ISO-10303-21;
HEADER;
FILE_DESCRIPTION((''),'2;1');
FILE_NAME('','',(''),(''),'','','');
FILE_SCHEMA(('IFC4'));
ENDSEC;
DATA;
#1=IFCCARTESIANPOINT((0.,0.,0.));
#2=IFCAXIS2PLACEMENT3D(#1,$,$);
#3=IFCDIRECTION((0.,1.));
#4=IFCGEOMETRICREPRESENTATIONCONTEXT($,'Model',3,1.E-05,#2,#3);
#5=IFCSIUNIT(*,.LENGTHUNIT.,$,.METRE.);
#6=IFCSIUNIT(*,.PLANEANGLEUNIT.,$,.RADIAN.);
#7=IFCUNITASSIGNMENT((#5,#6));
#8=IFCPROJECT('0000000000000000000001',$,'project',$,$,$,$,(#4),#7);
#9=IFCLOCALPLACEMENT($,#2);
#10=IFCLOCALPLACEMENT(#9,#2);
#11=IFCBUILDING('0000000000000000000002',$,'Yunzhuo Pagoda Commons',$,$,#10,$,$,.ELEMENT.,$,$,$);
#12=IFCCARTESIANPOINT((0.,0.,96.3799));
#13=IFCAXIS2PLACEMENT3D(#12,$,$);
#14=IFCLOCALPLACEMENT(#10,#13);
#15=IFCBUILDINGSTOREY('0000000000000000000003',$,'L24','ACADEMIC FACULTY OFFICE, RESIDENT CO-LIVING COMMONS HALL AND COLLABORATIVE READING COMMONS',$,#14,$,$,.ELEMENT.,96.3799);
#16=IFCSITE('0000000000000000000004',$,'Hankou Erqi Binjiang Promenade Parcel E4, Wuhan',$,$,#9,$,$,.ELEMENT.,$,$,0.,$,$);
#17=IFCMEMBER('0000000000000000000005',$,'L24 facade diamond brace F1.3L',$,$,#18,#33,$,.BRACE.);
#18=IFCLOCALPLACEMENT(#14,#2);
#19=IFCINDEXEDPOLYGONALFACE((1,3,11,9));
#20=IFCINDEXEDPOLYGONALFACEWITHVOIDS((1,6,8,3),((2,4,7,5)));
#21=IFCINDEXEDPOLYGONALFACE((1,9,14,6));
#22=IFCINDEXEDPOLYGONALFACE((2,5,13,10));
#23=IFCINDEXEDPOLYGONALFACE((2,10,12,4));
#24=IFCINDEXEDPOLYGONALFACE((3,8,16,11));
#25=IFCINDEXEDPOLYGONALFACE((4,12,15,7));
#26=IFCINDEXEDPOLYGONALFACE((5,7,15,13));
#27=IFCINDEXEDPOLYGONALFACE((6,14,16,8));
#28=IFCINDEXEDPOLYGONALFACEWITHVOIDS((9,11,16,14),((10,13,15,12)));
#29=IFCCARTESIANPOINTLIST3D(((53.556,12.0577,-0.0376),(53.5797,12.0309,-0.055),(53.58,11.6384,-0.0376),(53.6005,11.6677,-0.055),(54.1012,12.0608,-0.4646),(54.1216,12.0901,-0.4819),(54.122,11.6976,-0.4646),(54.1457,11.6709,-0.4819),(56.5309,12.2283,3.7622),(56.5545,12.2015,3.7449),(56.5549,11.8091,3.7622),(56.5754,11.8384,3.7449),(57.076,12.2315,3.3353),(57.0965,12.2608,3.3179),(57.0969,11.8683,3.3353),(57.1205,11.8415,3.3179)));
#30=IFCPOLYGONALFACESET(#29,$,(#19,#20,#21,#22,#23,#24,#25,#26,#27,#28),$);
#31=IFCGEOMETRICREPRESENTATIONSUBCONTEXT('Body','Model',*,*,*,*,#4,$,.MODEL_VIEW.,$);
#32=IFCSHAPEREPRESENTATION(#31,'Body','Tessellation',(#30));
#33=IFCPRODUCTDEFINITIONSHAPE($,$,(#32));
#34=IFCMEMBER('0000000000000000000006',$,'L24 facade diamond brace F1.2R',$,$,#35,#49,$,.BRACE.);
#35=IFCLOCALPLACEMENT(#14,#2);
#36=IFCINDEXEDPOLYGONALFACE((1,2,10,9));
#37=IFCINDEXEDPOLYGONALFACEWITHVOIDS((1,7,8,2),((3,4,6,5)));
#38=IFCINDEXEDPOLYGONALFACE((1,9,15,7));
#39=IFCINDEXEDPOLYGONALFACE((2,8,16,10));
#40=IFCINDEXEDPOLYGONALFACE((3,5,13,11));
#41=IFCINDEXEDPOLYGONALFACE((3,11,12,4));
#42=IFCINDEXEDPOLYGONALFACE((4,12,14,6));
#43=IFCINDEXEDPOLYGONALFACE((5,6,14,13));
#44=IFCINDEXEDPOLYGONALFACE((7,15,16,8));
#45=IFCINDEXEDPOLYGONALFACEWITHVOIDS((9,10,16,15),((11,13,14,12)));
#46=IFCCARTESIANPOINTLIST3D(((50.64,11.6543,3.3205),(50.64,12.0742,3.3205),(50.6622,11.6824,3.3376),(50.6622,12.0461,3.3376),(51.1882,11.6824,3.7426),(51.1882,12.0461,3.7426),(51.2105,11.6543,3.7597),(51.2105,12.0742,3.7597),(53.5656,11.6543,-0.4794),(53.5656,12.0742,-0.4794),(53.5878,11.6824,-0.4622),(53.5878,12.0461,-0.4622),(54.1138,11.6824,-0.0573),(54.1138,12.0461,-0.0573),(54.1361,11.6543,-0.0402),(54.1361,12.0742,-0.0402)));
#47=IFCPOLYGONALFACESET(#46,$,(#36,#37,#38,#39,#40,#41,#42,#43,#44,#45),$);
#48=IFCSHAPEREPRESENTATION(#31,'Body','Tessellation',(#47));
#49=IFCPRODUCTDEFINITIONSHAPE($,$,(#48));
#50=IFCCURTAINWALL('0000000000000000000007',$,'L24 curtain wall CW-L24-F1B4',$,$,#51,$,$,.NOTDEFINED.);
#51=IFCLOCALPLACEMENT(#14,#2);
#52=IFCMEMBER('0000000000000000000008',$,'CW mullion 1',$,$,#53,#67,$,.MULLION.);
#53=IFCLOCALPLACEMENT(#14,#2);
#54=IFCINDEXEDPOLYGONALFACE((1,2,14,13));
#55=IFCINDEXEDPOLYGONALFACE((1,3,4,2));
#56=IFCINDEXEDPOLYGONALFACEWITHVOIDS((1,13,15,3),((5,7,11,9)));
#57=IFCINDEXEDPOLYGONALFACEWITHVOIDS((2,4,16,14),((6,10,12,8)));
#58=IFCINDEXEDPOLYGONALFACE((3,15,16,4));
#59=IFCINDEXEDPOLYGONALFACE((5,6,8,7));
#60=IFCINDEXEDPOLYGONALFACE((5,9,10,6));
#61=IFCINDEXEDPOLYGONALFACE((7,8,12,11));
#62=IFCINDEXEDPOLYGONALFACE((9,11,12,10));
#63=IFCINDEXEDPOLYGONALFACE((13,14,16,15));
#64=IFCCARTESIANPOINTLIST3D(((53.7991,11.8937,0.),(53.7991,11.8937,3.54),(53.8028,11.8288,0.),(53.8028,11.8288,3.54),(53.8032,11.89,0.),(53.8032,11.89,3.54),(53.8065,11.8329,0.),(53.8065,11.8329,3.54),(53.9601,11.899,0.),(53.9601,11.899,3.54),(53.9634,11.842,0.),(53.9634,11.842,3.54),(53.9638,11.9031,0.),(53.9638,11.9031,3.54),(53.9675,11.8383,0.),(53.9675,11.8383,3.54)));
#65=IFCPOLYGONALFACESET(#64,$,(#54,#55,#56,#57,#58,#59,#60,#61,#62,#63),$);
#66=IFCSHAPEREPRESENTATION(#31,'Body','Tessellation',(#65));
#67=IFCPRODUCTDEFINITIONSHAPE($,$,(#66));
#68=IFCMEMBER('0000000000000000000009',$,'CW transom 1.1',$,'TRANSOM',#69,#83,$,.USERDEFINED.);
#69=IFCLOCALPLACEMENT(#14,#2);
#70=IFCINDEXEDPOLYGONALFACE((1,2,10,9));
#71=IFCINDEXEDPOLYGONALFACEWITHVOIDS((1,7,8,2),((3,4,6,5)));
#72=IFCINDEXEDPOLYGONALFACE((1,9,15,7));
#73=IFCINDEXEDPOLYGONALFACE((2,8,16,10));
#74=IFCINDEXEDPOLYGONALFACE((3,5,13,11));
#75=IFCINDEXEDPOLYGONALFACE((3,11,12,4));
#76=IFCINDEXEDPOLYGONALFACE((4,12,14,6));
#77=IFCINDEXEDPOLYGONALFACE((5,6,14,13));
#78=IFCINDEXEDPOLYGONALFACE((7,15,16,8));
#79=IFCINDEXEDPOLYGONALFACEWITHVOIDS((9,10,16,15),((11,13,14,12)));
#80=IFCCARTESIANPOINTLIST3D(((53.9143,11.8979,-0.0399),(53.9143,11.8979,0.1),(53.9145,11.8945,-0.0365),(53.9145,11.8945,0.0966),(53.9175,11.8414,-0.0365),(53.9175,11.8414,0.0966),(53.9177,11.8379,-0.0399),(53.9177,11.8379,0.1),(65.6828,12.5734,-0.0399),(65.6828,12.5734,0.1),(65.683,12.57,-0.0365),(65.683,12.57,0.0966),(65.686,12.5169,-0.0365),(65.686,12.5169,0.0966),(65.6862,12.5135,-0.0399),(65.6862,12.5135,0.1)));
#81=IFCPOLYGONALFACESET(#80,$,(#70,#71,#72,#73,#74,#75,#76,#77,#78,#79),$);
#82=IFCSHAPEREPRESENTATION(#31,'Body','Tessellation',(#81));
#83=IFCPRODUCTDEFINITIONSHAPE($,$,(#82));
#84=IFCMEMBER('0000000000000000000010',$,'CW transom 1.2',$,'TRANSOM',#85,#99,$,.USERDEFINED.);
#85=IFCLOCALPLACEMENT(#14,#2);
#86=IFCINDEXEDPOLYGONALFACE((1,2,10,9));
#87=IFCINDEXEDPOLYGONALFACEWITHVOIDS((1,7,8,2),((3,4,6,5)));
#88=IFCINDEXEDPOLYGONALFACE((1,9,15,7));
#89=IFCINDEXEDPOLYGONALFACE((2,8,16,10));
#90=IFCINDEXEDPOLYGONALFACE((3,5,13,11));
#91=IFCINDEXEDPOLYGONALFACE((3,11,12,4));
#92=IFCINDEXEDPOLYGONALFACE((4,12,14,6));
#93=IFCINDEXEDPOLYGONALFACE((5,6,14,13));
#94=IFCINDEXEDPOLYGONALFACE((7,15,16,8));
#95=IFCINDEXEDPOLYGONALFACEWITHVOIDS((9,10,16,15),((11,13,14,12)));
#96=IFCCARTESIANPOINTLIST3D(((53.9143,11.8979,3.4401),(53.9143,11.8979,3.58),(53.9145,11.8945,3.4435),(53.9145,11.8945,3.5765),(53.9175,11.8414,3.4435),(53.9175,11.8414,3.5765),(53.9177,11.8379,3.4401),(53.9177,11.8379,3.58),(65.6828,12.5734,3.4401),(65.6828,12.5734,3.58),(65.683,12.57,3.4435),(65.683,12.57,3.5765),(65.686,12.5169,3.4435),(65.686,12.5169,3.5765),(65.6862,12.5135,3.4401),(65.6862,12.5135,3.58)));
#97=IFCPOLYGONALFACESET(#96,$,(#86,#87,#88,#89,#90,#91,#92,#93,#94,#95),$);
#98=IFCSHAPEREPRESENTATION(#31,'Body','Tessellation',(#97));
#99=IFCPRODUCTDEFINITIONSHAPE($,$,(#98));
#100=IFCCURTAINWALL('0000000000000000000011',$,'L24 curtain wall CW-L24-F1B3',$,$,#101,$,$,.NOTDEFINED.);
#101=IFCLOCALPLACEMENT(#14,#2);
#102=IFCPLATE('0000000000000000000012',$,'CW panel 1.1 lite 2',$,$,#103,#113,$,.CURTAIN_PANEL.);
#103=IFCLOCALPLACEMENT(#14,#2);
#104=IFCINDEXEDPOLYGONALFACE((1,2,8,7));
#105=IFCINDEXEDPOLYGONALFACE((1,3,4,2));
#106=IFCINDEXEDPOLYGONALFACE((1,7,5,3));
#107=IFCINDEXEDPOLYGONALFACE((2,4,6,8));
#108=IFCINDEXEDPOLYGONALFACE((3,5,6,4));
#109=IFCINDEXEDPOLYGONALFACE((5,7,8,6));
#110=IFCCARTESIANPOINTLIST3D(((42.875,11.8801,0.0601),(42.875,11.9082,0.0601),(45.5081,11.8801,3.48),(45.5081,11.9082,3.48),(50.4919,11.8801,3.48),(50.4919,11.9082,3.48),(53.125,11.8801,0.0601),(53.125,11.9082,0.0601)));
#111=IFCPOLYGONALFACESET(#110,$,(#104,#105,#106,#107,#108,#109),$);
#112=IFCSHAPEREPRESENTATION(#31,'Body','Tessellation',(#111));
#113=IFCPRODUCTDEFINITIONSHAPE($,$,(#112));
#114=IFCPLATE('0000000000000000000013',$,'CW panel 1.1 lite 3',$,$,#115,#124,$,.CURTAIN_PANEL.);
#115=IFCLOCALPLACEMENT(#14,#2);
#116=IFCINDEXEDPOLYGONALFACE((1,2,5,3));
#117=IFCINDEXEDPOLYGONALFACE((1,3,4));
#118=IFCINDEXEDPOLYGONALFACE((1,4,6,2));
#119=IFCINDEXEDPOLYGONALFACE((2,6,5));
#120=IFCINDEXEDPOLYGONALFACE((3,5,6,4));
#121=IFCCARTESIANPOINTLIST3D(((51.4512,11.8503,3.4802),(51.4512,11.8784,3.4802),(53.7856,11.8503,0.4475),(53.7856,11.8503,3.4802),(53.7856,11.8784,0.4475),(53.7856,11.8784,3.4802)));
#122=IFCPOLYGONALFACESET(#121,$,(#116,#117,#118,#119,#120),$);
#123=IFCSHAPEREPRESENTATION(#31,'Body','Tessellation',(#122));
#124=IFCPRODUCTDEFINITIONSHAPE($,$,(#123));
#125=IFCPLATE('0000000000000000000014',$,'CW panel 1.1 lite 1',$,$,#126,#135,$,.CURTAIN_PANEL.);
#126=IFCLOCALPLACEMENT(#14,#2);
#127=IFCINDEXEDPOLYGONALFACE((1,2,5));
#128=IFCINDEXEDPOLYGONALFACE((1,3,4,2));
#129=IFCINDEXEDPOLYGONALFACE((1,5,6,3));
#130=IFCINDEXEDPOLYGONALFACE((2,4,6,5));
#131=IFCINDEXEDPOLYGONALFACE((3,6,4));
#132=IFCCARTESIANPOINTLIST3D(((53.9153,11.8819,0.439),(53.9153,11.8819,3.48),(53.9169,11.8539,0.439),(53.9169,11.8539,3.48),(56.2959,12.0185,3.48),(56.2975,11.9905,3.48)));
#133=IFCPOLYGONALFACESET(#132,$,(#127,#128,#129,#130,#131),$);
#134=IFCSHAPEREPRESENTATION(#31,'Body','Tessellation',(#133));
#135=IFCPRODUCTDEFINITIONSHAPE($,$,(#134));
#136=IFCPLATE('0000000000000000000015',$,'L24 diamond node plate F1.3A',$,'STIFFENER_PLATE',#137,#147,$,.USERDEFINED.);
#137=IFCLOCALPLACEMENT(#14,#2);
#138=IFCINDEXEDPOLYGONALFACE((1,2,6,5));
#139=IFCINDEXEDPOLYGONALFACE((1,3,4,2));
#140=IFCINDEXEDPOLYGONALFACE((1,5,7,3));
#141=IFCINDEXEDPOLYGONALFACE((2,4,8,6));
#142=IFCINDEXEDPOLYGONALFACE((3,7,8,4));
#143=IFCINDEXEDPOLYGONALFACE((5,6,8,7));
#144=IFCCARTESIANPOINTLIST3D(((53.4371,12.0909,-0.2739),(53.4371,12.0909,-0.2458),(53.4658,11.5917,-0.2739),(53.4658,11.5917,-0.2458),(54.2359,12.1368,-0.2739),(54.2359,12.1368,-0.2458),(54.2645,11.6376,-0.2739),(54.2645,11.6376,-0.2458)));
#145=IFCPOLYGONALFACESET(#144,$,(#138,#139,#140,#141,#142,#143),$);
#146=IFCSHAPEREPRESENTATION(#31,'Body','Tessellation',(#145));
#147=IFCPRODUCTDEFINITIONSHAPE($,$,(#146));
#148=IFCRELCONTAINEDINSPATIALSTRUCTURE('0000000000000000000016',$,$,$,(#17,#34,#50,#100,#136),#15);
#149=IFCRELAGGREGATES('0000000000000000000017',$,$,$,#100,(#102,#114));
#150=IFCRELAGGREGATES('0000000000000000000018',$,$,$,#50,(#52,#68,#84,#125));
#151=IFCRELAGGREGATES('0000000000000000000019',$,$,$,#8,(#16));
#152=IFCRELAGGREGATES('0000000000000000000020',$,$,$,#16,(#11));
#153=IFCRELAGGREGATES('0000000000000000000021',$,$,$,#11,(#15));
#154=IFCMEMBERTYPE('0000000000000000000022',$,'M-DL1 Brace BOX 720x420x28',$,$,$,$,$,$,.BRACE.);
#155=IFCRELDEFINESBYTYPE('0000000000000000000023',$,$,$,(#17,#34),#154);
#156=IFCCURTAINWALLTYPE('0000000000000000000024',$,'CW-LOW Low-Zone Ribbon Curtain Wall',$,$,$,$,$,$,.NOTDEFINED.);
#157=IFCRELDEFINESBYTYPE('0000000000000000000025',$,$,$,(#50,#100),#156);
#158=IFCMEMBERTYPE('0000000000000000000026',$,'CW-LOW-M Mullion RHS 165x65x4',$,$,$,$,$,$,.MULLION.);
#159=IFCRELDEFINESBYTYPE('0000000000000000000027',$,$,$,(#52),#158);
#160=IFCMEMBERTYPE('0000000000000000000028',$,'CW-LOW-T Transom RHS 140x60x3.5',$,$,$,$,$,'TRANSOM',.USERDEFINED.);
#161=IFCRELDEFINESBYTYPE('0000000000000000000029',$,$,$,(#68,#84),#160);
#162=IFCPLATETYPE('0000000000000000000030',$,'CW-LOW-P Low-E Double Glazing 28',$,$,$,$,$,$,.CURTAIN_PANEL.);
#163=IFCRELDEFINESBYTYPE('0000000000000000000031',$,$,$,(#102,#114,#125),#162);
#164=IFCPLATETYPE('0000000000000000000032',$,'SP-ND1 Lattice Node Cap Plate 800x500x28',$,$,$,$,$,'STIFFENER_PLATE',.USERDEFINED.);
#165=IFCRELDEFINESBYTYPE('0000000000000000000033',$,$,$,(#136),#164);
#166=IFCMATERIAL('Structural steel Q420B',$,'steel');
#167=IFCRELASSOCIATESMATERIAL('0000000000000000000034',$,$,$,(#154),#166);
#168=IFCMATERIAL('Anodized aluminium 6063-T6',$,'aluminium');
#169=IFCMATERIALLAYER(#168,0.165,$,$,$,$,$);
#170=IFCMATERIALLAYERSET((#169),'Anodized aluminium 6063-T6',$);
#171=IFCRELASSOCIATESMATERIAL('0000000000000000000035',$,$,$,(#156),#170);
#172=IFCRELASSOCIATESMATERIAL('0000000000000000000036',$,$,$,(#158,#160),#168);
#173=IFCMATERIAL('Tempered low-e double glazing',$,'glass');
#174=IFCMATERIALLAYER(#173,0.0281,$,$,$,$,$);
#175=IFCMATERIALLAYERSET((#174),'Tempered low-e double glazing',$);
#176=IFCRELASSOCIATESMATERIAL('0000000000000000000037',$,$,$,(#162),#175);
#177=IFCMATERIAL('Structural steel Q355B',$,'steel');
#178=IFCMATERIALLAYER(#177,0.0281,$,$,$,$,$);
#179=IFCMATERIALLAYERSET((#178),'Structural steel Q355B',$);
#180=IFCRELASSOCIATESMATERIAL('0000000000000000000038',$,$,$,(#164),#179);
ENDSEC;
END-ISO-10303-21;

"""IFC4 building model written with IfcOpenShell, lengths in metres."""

from ifc_helpers import new_model, si_unit, direction, frame, origin, origin_2d, place, context, subcontext, project, spatial, polyline, rectangle, hollow_rectangle, outline, extrude, source, transform, mapped, material, layer, layer_set, material_profile, profile_set, type_object, element, aggregate, save


model = new_model("IFC4")

# Units and contexts
model_context = context("Model", 3, precision=1e-05, world=origin(), true_north=direction((0.0, 1.0)))
body_context = subcontext(model_context, "Body", "Model", "MODEL_VIEW")
ifc_project = project(units=[si_unit("LENGTHUNIT", "METRE"), si_unit("PLANEANGLEUNIT", "RADIAN")], contexts=[model_context])

# Site, building, storey
site_placement = place(None, origin())
site = spatial("IfcSite", under=ifc_project, at=site_placement, Name="Hankou Erqi Binjiang Promenade Parcel E4, Wuhan", CompositionType="ELEMENT", RefElevation=0.0)
building_placement = place(site_placement, origin())
building = spatial("IfcBuilding", under=site, at=building_placement, Name="Yunzhuo Pagoda Commons", CompositionType="ELEMENT")
storey_placement = place(building_placement, frame((0.0, 0.0, 96.3799)))
storey = spatial("IfcBuildingStorey", under=building, at=storey_placement, Name="L24", Description="ACADEMIC FACULTY OFFICE, RESIDENT CO-LIVING COMMONS HALL AND COLLABORATIVE READING COMMONS", CompositionType="ELEMENT", Elevation=96.3799)

# Shared definitions
ifc_material_1 = material(Name="Structural steel Q420B", Category="steel")

# Shared definitions
ifc_material_2 = material(Name="Structural steel Q355B", Category="steel")

# Members
ifc_material_profile_1 = material_profile(ifc_material_1, hollow_rectangle(XDim=0.4199, YDim=0.72, WallThickness=0.0281, at=origin_2d()), Name="Structural steel Q420B")
ifc_profile_set_1 = profile_set([ifc_material_profile_1], Name="Structural steel Q420B")
member_type_1 = type_object("IfcMemberType", Name="M-DL1 Brace BOX 720x420x28", PredefinedType="BRACE", material=ifc_profile_set_1)
shared_shape_1 = source(origin(), body_context, "Body", "SweptSolid", [
    extrude(hollow_rectangle(XDim=0.4199, YDim=0.72, WallThickness=0.0281, at=origin_2d()), origin(), (0.0, 0.0, 1.0), 4.8289),
])
member_1_placement = place(storey_placement, frame((53.8508, 11.8643, -0.2598), z_axis=(0.616064, 0.035341, 0.786903), x_axis=(-0.057271, 0.998359, 0.0)))
element("IfcMember", 1, at=member_1_placement, inside=storey, type_object=member_type_1, Name="L24 facade diamond brace F1.3L", PredefinedType="BRACE", context=body_context, shape_type="MappedRepresentation", body=[
    mapped(shared_shape_1, transform((0.0, 0.0, 0.0), scale=1.0)),
])
shared_shape_2 = source(origin(), body_context, "Body", "SweptSolid", [
    extrude(hollow_rectangle(XDim=0.4199, YDim=0.72, WallThickness=0.0281, at=origin_2d()), origin(), (0.0, 0.0, 1.0), 4.7957),
])
member_2_placement = place(storey_placement, frame((53.8508, 11.8643, -0.2598), z_axis=(-0.610053, 0.0, 0.792361), x_axis=(0.0, -1.0, 0.0)))
element("IfcMember", 2, at=member_2_placement, inside=storey, type_object=member_type_1, Name="L24 facade diamond brace F1.2R", PredefinedType="BRACE", context=body_context, shape_type="MappedRepresentation", body=[
    mapped(shared_shape_2, transform((0.0, 0.0, 0.0), scale=1.0)),
])

# Curtain wall, members
ifc_material_3 = material(Name="Anodized aluminium 6063-T6", Category="aluminium")
ifc_layer_1 = layer(ifc_material_3, 0.165)
ifc_layer_set_1 = layer_set([ifc_layer_1], Name="Anodized aluminium 6063-T6")
curtain_wall_type = type_object("IfcCurtainWallType", Name="CW-LOW Low-Zone Ribbon Curtain Wall", PredefinedType="NOTDEFINED", material=ifc_layer_set_1)
curtain_wall_1_placement = place(storey_placement, origin())
curtain_wall_1 = element("IfcCurtainWall", 3, at=curtain_wall_1_placement, inside=storey, type_object=curtain_wall_type, Name="L24 curtain wall CW-L24-F1B4", PredefinedType="NOTDEFINED")
ifc_material_profile_2 = material_profile(ifc_material_3, hollow_rectangle(XDim=0.0649, YDim=0.165, WallThickness=0.0039, at=origin_2d()), Name="Anodized aluminium 6063-T6")
ifc_profile_set_2 = profile_set([ifc_material_profile_2], Name="Anodized aluminium 6063-T6")
member_type_2 = type_object("IfcMemberType", Name="CW-LOW-M Mullion RHS 165x65x4", PredefinedType="MULLION", material=ifc_profile_set_2)
shared_shape_3 = source(origin(), body_context, "Body", "SweptSolid", [
    extrude(hollow_rectangle(XDim=0.0649, YDim=0.165, WallThickness=0.0039, at=origin_2d()), origin(), (0.0, 0.0, 1.0), 3.54),
])
member_3_placement = place(storey_placement, frame((53.8833, 11.866, 0.0), z_axis=(0.0, 0.0, 1.0), x_axis=(-0.057299, 0.998357, 0.0)))
member_3 = element("IfcMember", 4, at=member_3_placement, type_object=member_type_2, Name="CW mullion 1", PredefinedType="MULLION", context=body_context, shape_type="MappedRepresentation", body=[
    mapped(shared_shape_3, transform((0.0, 0.0, 0.0), scale=1.0)),
])
ifc_material_profile_3 = material_profile(ifc_material_3, hollow_rectangle(XDim=0.0601, YDim=0.1399, WallThickness=0.0034, at=origin_2d()), Name="Anodized aluminium 6063-T6")
ifc_profile_set_3 = profile_set([ifc_material_profile_3], Name="Anodized aluminium 6063-T6")
member_type_3 = type_object("IfcMemberType", Name="CW-LOW-T Transom RHS 140x60x3.5", ElementType="TRANSOM", PredefinedType="USERDEFINED", material=ifc_profile_set_3)
shared_shape_4 = source(origin(), body_context, "Body", "SweptSolid", [
    extrude(hollow_rectangle(XDim=0.0601, YDim=0.1399, WallThickness=0.0034, at=origin_2d()), origin(), (0.0, 0.0, 1.0), 11.7878),
])
member_4_placement = place(storey_placement, frame((53.916, 11.8679, 0.03), z_axis=(0.998357, 0.057308, 0.0), x_axis=(-0.057308, 0.998357, 0.0)))
member_4 = element("IfcMember", 5, at=member_4_placement, type_object=member_type_3, Name="CW transom 1.1", ObjectType="TRANSOM", PredefinedType="USERDEFINED", context=body_context, shape_type="MappedRepresentation", body=[
    mapped(shared_shape_4, transform((0.0, 0.0, 0.0), scale=1.0)),
])
member_5_placement = place(storey_placement, frame((53.916, 11.8679, 3.51), z_axis=(0.998357, 0.057308, 0.0), x_axis=(-0.057308, 0.998357, 0.0)))
member_5 = element("IfcMember", 6, at=member_5_placement, type_object=member_type_3, Name="CW transom 1.2", ObjectType="TRANSOM", PredefinedType="USERDEFINED", context=body_context, shape_type="MappedRepresentation", body=[
    mapped(shared_shape_4, transform((0.0, 0.0, 0.0), scale=1.0)),
])

# Curtain wall, plates
curtain_wall_2_placement = place(storey_placement, origin())
curtain_wall_2 = element("IfcCurtainWall", 7, at=curtain_wall_2_placement, inside=storey, type_object=curtain_wall_type, Name="L24 curtain wall CW-L24-F1B3", PredefinedType="NOTDEFINED")
ifc_material_4 = material(Name="Tempered low-e double glazing", Category="glass")
ifc_layer_2 = layer(ifc_material_4, 0.0281)
ifc_layer_set_2 = layer_set([ifc_layer_2], Name="Tempered low-e double glazing")
plate_type_1 = type_object("IfcPlateType", Name="CW-LOW-P Low-E Double Glazing 28", PredefinedType="CURTAIN_PANEL", material=ifc_layer_set_2)
plate_1_placement = place(storey_placement, frame((48.0, 11.9082, 1.77), z_axis=(0.0, -1.0, 0.0), x_axis=(1.0, 0.0, 0.0)))
plate_1 = element("IfcPlate", 8, at=plate_1_placement, type_object=plate_type_1, Name="CW panel 1.1 lite 2", PredefinedType="CURTAIN_PANEL", context=body_context, shape_type="SweptSolid", body=[
    extrude(outline(polyline([(-5.125, -1.71), (5.125, -1.71), (2.4919, 1.71), (-2.4919, 1.71), (-5.125, -1.71)])), origin(), (0.0, 0.0, 1.0), 0.0281),
])
plate_2_placement = place(storey_placement, frame((52.6184, 11.8784, 1.9639), z_axis=(0.0, -1.0, 0.0), x_axis=(1.0, 0.0, 0.0)))
plate_2 = element("IfcPlate", 9, at=plate_2_placement, type_object=plate_type_1, Name="CW panel 1.1 lite 3", PredefinedType="CURTAIN_PANEL", context=body_context, shape_type="SweptSolid", body=[
    extrude(outline(polyline([(-1.1672, 1.5164), (1.1672, -1.5164), (1.1672, 1.5164), (-1.1672, 1.5164)])), origin(), (0.0, 0.0, 1.0), 0.0281),
])
aggregate(curtain_wall_2, [plate_1, plate_2])

# Plates
plate_3_placement = place(storey_placement, frame((55.1055, 11.9502, 1.9595), z_axis=(0.057299, -0.998357, 0.0), x_axis=(0.998357, 0.057299, 0.0)))
plate_3 = element("IfcPlate", 10, at=plate_3_placement, type_object=plate_type_1, Name="CW panel 1.1 lite 1", PredefinedType="CURTAIN_PANEL", context=body_context, shape_type="SweptSolid", body=[
    extrude(outline(polyline([(-1.1921, -1.5205), (1.1924, 1.5205), (-1.1921, 1.5205), (-1.1921, -1.5205)])), origin(), (0.0, 0.0, 1.0), 0.0281),
])
aggregate(curtain_wall_1, [member_3, member_4, member_5, plate_3])
ifc_layer_3 = layer(ifc_material_2, 0.0281)
ifc_layer_set_3 = layer_set([ifc_layer_3], Name="Structural steel Q355B")
plate_type_2 = type_object("IfcPlateType", Name="SP-ND1 Lattice Node Cap Plate 800x500x28", ElementType="STIFFENER_PLATE", PredefinedType="USERDEFINED", material=ifc_layer_set_3)
shared_shape_5 = source(origin(), body_context, "Body", "SweptSolid", [
    extrude(rectangle(XDim=0.8, YDim=0.5, at=origin_2d()), origin(), (0.0, 0.0, 1.0), 0.0281),
])
plate_4_placement = place(storey_placement, frame((53.8508, 11.8643, -0.2739), z_axis=(0.0, 0.0, 1.0), x_axis=(0.998357, 0.057303, 0.0)))
element("IfcPlate", 11, at=plate_4_placement, inside=storey, type_object=plate_type_2, Name="L24 diamond node plate F1.3A", ObjectType="STIFFENER_PLATE", PredefinedType="USERDEFINED", context=body_context, shape_type="MappedRepresentation", body=[
    mapped(shared_shape_5, transform((0.0, 0.0, 0.0), scale=1.0)),
])

save(model, "model.ifc")
